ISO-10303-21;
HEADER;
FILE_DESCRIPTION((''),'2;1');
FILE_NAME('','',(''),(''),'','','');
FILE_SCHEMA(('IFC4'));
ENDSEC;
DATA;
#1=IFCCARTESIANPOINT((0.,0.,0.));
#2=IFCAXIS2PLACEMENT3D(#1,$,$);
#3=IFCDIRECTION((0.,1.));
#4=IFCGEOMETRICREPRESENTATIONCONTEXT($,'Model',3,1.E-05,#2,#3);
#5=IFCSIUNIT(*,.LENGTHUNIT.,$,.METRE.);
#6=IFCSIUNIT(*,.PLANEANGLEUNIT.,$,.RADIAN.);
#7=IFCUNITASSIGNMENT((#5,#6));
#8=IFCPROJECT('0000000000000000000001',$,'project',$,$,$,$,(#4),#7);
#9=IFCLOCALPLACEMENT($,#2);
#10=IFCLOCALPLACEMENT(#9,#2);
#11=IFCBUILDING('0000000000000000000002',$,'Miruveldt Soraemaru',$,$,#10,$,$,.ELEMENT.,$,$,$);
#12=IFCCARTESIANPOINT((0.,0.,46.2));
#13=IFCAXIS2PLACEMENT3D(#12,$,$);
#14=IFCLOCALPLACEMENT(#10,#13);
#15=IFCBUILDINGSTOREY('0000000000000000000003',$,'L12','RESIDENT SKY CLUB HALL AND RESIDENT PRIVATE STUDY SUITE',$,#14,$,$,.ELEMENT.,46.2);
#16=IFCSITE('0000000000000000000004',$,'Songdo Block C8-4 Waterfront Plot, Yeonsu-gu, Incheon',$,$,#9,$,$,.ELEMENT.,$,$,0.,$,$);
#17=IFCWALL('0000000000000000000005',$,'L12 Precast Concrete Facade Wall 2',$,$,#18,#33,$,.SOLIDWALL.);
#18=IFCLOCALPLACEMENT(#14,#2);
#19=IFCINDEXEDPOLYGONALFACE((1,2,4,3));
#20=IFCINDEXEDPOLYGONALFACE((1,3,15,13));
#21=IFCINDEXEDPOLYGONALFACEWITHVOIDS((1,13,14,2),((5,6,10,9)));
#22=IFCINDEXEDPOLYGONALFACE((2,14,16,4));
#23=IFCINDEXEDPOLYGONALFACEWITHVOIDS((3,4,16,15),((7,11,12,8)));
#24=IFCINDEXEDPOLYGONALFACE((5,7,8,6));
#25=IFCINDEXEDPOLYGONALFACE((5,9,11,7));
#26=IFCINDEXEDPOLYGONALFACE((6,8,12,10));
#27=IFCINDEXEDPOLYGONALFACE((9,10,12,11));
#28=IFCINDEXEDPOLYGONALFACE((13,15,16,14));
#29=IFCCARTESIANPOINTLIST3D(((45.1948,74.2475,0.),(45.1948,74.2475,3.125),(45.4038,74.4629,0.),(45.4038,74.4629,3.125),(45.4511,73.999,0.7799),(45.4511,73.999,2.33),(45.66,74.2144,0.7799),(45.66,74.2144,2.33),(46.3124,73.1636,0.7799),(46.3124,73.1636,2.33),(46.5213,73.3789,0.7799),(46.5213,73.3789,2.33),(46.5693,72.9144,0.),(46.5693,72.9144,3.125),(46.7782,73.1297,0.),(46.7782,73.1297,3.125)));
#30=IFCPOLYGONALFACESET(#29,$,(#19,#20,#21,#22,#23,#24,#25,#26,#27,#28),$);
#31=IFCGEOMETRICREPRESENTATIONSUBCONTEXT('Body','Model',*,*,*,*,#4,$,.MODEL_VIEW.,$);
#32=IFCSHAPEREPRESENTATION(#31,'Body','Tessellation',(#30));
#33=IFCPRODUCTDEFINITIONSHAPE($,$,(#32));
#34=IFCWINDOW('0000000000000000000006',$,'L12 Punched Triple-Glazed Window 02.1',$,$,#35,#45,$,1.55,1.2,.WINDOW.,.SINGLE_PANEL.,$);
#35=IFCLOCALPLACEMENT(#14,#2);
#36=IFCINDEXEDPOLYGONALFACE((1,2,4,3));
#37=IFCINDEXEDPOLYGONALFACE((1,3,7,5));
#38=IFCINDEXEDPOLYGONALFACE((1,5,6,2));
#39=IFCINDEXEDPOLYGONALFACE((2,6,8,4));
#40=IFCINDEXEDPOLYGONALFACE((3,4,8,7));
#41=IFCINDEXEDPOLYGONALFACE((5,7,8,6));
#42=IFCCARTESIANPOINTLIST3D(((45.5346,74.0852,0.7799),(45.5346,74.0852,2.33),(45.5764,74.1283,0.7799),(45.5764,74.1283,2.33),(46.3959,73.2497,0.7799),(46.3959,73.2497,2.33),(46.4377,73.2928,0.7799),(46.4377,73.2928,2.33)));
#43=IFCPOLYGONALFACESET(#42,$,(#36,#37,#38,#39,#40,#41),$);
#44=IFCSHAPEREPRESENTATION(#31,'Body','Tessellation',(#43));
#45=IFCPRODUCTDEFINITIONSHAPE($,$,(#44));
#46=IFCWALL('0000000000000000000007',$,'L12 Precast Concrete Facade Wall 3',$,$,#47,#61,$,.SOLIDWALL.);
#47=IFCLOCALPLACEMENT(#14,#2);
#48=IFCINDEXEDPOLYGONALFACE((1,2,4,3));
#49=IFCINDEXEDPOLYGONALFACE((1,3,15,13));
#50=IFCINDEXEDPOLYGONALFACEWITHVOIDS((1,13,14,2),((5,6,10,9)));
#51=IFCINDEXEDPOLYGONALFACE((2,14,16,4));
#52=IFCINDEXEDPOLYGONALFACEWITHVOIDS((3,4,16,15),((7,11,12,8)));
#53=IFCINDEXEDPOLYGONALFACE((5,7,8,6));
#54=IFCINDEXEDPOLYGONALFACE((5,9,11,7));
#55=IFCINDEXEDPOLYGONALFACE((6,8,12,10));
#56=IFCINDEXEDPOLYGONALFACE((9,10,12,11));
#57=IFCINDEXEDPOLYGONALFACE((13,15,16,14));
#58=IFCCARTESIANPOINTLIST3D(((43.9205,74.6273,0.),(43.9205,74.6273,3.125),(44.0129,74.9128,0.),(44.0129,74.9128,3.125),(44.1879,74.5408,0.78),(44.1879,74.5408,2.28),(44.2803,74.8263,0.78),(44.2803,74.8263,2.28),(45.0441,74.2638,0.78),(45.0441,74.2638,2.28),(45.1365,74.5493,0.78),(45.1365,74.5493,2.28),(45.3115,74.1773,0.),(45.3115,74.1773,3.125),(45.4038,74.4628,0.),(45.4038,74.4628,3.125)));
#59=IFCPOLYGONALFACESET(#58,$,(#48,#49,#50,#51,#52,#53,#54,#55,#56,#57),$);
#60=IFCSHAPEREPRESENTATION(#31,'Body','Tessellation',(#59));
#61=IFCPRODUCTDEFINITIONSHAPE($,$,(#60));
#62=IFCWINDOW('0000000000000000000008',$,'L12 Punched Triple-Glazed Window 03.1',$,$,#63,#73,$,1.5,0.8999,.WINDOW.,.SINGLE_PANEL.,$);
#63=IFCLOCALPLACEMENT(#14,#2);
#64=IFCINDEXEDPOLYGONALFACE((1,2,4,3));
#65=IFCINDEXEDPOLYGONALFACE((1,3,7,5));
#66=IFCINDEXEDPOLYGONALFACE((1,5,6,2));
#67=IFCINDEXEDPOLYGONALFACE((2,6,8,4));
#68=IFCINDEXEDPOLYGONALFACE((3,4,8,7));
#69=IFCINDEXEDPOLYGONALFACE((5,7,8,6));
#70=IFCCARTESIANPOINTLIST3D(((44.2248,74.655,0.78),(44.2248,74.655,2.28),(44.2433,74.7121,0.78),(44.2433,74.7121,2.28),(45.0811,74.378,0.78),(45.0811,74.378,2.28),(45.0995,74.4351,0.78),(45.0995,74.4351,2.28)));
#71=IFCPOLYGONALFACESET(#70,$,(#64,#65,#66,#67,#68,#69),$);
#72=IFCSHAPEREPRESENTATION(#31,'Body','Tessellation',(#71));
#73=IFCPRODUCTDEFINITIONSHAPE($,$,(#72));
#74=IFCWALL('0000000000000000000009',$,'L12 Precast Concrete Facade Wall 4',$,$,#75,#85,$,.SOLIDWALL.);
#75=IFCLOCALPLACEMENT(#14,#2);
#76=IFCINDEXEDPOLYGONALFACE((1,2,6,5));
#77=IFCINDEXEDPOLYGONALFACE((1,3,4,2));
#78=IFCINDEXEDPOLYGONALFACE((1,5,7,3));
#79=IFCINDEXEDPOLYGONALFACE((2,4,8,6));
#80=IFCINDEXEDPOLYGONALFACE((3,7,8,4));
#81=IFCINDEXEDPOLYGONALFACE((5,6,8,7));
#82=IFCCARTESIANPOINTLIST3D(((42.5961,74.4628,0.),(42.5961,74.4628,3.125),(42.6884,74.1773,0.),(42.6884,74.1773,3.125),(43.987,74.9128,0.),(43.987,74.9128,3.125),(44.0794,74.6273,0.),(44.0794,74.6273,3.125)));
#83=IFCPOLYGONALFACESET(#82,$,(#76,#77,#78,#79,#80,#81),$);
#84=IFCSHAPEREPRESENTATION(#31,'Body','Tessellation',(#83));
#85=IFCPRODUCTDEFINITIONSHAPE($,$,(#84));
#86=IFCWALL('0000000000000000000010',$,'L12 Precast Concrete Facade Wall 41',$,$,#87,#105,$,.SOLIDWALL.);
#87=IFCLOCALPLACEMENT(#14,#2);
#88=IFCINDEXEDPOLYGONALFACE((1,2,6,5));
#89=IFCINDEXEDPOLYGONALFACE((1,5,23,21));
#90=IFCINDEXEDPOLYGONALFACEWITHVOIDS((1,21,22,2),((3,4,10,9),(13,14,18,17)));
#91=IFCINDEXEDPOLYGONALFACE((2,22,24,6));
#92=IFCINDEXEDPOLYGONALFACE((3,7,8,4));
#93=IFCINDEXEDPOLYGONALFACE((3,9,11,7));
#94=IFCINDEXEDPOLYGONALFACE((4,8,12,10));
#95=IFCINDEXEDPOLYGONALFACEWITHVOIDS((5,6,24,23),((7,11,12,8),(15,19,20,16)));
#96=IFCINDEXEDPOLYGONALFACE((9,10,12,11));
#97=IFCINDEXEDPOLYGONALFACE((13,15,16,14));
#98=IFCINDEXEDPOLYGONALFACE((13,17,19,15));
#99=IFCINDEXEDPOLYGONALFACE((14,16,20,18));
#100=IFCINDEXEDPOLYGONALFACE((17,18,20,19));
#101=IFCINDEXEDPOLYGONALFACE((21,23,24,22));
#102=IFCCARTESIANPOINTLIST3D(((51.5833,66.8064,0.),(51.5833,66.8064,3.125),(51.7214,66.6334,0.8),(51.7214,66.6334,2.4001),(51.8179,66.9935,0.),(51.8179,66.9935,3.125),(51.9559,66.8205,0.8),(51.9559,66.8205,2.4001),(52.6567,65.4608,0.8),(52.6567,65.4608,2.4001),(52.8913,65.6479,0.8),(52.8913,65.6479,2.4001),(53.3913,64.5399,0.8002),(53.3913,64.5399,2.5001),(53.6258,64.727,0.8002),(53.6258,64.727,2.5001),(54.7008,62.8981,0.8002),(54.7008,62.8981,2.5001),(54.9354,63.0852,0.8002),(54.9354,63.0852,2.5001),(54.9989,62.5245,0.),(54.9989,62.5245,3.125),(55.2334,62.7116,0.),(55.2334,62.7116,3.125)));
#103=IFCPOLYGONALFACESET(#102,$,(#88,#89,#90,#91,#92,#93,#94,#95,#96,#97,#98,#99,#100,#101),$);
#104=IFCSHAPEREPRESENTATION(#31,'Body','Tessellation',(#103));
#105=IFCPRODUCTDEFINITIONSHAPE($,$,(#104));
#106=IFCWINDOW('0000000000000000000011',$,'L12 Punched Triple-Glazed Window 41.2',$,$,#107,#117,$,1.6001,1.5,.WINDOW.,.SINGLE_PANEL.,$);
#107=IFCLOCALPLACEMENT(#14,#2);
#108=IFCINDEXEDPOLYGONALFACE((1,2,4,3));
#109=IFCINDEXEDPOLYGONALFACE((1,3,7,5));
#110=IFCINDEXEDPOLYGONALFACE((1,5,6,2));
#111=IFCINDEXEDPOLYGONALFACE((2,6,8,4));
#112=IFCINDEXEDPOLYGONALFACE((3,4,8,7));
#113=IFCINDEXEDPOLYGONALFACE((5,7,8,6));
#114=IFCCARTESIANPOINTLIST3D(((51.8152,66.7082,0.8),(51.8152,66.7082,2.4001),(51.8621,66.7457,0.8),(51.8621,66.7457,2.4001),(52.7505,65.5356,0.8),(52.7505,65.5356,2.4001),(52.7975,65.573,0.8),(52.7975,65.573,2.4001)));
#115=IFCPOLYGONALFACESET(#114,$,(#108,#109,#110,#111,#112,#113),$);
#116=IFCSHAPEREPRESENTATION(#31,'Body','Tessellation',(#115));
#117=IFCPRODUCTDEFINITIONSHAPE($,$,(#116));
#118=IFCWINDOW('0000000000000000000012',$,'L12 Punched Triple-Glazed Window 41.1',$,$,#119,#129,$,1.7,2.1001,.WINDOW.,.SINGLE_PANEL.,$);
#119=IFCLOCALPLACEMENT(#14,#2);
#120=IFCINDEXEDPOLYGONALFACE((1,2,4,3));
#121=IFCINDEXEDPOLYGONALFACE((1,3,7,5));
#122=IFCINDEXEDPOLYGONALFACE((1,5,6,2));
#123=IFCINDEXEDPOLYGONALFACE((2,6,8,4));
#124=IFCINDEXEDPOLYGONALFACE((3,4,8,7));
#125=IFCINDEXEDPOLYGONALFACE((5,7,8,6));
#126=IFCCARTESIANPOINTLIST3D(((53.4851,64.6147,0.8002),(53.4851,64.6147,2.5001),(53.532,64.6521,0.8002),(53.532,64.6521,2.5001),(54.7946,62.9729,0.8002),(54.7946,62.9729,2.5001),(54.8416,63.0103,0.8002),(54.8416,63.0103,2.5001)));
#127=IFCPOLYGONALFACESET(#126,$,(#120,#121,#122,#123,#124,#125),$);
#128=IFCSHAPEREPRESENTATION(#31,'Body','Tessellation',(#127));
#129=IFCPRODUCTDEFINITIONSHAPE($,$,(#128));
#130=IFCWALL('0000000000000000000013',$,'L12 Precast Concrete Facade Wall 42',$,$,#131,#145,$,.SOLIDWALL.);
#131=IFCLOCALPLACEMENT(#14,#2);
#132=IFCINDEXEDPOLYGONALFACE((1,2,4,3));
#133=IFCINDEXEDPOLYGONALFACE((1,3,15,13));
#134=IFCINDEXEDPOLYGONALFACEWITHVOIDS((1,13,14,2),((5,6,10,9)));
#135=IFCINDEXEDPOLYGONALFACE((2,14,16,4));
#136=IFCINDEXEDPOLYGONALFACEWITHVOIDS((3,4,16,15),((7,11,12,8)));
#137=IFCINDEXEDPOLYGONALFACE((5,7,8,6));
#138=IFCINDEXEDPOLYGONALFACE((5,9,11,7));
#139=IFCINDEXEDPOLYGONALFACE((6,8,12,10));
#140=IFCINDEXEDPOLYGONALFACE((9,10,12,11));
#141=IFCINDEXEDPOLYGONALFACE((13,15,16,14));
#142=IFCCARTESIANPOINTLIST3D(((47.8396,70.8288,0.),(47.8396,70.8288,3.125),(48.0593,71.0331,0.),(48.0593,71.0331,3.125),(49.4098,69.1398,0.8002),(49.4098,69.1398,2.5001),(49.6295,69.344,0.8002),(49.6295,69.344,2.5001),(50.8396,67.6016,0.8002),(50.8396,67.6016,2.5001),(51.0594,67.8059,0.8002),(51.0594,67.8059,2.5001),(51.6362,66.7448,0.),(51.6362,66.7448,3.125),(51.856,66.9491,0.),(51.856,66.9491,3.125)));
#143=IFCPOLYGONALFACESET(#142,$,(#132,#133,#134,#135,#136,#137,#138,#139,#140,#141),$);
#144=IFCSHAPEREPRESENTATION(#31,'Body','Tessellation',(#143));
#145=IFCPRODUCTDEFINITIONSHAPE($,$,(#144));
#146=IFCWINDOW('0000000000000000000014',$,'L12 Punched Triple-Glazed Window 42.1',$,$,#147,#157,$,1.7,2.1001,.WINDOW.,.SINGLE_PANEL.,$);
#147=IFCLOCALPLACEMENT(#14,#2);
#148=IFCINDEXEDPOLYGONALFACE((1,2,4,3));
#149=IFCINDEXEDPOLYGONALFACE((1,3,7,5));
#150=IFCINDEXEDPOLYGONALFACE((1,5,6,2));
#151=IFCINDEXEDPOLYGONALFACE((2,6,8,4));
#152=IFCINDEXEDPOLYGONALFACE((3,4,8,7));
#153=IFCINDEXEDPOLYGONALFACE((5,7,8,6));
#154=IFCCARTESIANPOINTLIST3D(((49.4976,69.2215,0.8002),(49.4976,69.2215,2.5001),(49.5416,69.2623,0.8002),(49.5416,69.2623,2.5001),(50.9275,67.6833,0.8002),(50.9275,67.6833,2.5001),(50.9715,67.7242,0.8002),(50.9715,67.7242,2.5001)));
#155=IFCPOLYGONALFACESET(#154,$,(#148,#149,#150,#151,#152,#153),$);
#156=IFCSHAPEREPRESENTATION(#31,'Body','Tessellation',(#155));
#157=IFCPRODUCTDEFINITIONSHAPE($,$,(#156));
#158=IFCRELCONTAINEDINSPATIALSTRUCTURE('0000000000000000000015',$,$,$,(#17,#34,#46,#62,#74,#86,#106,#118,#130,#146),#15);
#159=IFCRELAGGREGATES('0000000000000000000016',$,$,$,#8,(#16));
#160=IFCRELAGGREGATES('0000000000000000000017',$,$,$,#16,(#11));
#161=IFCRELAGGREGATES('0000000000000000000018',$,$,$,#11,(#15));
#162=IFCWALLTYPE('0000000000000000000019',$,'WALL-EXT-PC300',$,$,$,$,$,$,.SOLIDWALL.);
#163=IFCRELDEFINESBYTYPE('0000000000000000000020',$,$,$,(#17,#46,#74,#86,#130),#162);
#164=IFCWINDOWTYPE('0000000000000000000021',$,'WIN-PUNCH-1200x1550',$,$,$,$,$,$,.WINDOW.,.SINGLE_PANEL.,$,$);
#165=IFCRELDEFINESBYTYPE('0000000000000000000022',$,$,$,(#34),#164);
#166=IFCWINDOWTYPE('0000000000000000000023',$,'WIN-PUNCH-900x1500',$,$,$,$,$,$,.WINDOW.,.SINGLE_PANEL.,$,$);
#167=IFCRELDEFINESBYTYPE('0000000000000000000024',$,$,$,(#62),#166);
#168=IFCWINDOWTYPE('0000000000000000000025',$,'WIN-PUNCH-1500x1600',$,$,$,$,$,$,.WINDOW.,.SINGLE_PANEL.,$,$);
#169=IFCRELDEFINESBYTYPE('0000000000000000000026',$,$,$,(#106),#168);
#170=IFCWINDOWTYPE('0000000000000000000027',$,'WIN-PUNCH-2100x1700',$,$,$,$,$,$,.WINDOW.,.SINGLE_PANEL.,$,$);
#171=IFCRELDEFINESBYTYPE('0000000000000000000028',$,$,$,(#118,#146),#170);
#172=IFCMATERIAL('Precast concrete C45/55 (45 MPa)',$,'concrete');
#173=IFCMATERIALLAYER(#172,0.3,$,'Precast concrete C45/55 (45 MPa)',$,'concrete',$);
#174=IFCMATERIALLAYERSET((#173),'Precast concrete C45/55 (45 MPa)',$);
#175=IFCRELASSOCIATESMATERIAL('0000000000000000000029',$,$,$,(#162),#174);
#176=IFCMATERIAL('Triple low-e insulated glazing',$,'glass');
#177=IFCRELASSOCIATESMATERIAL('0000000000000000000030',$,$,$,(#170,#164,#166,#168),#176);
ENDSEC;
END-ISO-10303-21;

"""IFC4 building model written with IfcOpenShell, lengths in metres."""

from ifc_helpers import new_model, si_unit, direction, frame, frame_2d, origin, place, context, subcontext, project, spatial, rectangle, extrude, material, layer, layer_set, type_object, element, fill, save


model = new_model("IFC4")

# Units and contexts
model_context = context("Model", 3, precision=1e-05, world=origin(), true_north=direction((0.0, 1.0)))
body_context = subcontext(model_context, "Body", "Model", "MODEL_VIEW")
ifc_project = project(units=[si_unit("LENGTHUNIT", "METRE"), si_unit("PLANEANGLEUNIT", "RADIAN")], contexts=[model_context])

# Site, building, storey
site_placement = place(None, origin())
site = spatial("IfcSite", under=ifc_project, at=site_placement, Name="Songdo Block C8-4 Waterfront Plot, Yeonsu-gu, Incheon", CompositionType="ELEMENT", RefElevation=0.0)
building_placement = place(site_placement, origin())
building = spatial("IfcBuilding", under=site, at=building_placement, Name="Miruveldt Soraemaru", CompositionType="ELEMENT")
storey_placement = place(building_placement, frame((0.0, 0.0, 46.2)))
storey = spatial("IfcBuildingStorey", under=building, at=storey_placement, Name="L12", Description="RESIDENT SKY CLUB HALL AND RESIDENT PRIVATE STUDY SUITE", CompositionType="ELEMENT", Elevation=46.2)

# Walls, openings, windows
ifc_material_1 = material(Name="Precast concrete C45/55 (45 MPa)", Category="concrete")
ifc_layer_1 = layer(ifc_material_1, 0.3, Name="Precast concrete C45/55 (45 MPa)", Category="concrete")
ifc_layer_set_1 = layer_set([ifc_layer_1], Name="Precast concrete C45/55 (45 MPa)")
wall_type_1 = type_object("IfcWallType", Name="WALL-EXT-PC300", PredefinedType="SOLIDWALL", material=ifc_layer_set_1)
ifc_material_2 = material(Name="Triple low-e insulated glazing", Category="glass")
window_type_1 = type_object("IfcWindowType", Name="WIN-PUNCH-2100x1700", PartitioningType="SINGLE_PANEL", PredefinedType="WINDOW", material=ifc_material_2)
wall_1_placement = place(storey_placement, frame((46.6738, 73.022, 0.0), z_axis=(0.0, 0.0, 1.0), x_axis=(-0.717798, 0.696251, 0.0)))
wall_1 = element("IfcWall", 1, at=wall_1_placement, inside=storey, type_object=wall_type_1, Name="L12 Precast Concrete Facade Wall 2", PredefinedType="SOLIDWALL", context=body_context, shape_type="SweptSolid", body=[
    extrude(rectangle(XDim=1.9148, YDim=0.3, at=frame_2d((0.9575, 0.0))), origin(), (0.0, 0.0, 1.0), 3.125),
])
opening_1_placement = place(wall_1_placement, frame((0.3579, 0.0, 0.78)))
opening_1 = element("IfcOpeningElement", 2, at=opening_1_placement, cuts=wall_1, PredefinedType="OPENING", context=body_context, shape_type="SweptSolid", body=[
    extrude(rectangle(XDim=1.2, YDim=1.55, at=frame_2d((0.6001, 0.7749))), frame((0.0, 0.1602, 0.0), z_axis=(0.0, -1.0, 0.0), x_axis=(1.0, 0.0, 0.0)), (0.0, 0.0, 1.0), 0.3201),
])
window_type_2 = type_object("IfcWindowType", Name="WIN-PUNCH-1200x1550", PartitioningType="SINGLE_PANEL", PredefinedType="WINDOW", material=ifc_material_2)
window_1_placement = place(opening_1_placement, origin())
window_1 = element("IfcWindow", 3, at=window_1_placement, inside=storey, type_object=window_type_2, Name="L12 Punched Triple-Glazed Window 02.1", OverallHeight=1.55, OverallWidth=1.2, PartitioningType="SINGLE_PANEL", PredefinedType="WINDOW", context=body_context, shape_type="SweptSolid", body=[
    extrude(rectangle(XDim=1.2, YDim=1.55, at=frame_2d((0.6001, 0.7749))), frame((0.0, 0.03, 0.0), z_axis=(0.0, -1.0, 0.0), x_axis=(1.0, 0.0, 0.0)), (0.0, 0.0, 1.0), 0.0601),
])
fill(opening_1, window_1)
wall_2_placement = place(storey_placement, frame((45.3577, 74.3201, 0.0), z_axis=(0.0, 0.0, 1.0), x_axis=(-0.951452, 0.307798, 0.0)))
wall_2 = element("IfcWall", 4, at=wall_2_placement, inside=storey, type_object=wall_type_1, Name="L12 Precast Concrete Facade Wall 3", PredefinedType="SOLIDWALL", context=body_context, shape_type="SweptSolid", body=[
    extrude(rectangle(XDim=1.4619, YDim=0.3, at=frame_2d((0.731, 0.0))), origin(), (0.0, 0.0, 1.0), 3.125),
])
opening_2_placement = place(wall_2_placement, frame((0.281, 0.0, 0.78)))
opening_2 = element("IfcOpeningElement", 5, at=opening_2_placement, cuts=wall_2, PredefinedType="OPENING", context=body_context, shape_type="SweptSolid", body=[
    extrude(rectangle(XDim=0.8999, YDim=1.5, at=frame_2d((0.45, 0.75))), frame((0.0, 0.1602, 0.0), z_axis=(0.0, -1.0, 0.0), x_axis=(1.0, 0.0, 0.0)), (0.0, 0.0, 1.0), 0.3201),
])
window_type_3 = type_object("IfcWindowType", Name="WIN-PUNCH-900x1500", PartitioningType="SINGLE_PANEL", PredefinedType="WINDOW", material=ifc_material_2)
window_2_placement = place(opening_2_placement, origin())
window_2 = element("IfcWindow", 6, at=window_2_placement, inside=storey, type_object=window_type_3, Name="L12 Punched Triple-Glazed Window 03.1", OverallHeight=1.5, OverallWidth=0.8999, PartitioningType="SINGLE_PANEL", PredefinedType="WINDOW", context=body_context, shape_type="SweptSolid", body=[
    extrude(rectangle(XDim=0.8999, YDim=1.5, at=frame_2d((0.45, 0.75))), frame((0.0, 0.03, 0.0), z_axis=(0.0, -1.0, 0.0), x_axis=(1.0, 0.0, 0.0)), (0.0, 0.0, 1.0), 0.0601),
])
fill(opening_2, window_2)

# Wall
wall_3_placement = place(storey_placement, frame((44.0332, 74.77, 0.0), z_axis=(0.0, 0.0, 1.0), x_axis=(-0.951452, -0.307798, 0.0)))
element("IfcWall", 7, at=wall_3_placement, inside=storey, type_object=wall_type_1, Name="L12 Precast Concrete Facade Wall 4", PredefinedType="SOLIDWALL", context=body_context, shape_type="SweptSolid", body=[
    extrude(rectangle(XDim=1.4619, YDim=0.3, at=frame_2d((0.731, 0.0))), origin(), (0.0, 0.0, 1.0), 3.125),
])

# Wall, openings, windows
wall_4_placement = place(storey_placement, frame((55.1162, 62.6179, 0.0), z_axis=(0.0, 0.0, 1.0), x_axis=(-0.623575, 0.781764, 0.0)))
wall_4 = element("IfcWall", 8, at=wall_4_placement, inside=storey, type_object=wall_type_1, Name="L12 Precast Concrete Facade Wall 41", PredefinedType="SOLIDWALL", context=body_context, shape_type="SweptSolid", body=[
    extrude(rectangle(XDim=5.4773, YDim=0.3, at=frame_2d((2.7388, 0.0))), origin(), (0.0, 0.0, 1.0), 3.125),
])
opening_3_placement = place(wall_4_placement, frame((0.478, 0.0, 0.8)))
opening_3 = element("IfcOpeningElement", 9, at=opening_3_placement, cuts=wall_4, PredefinedType="OPENING", context=body_context, shape_type="SweptSolid", body=[
    extrude(rectangle(XDim=2.1001, YDim=1.7, at=frame_2d((1.05, 0.8501))), frame((0.0, 0.1602, 0.0), z_axis=(0.0, -1.0, 0.0), x_axis=(1.0, 0.0, 0.0)), (0.0, 0.0, 1.0), 0.3201),
])
opening_4_placement = place(wall_4_placement, frame((3.7561, 0.0, 0.8)))
opening_4 = element("IfcOpeningElement", 10, at=opening_4_placement, cuts=wall_4, PredefinedType="OPENING", context=body_context, shape_type="SweptSolid", body=[
    extrude(rectangle(XDim=1.5, YDim=1.6001, at=frame_2d((0.75, 0.8))), frame((0.0, 0.1602, 0.0), z_axis=(0.0, -1.0, 0.0), x_axis=(1.0, 0.0, 0.0)), (0.0, 0.0, 1.0), 0.3201),
])
window_type_4 = type_object("IfcWindowType", Name="WIN-PUNCH-1500x1600", PartitioningType="SINGLE_PANEL", PredefinedType="WINDOW", material=ifc_material_2)
window_3_placement = place(opening_4_placement, origin())
window_3 = element("IfcWindow", 11, at=window_3_placement, inside=storey, type_object=window_type_4, Name="L12 Punched Triple-Glazed Window 41.2", OverallHeight=1.6001, OverallWidth=1.5, PartitioningType="SINGLE_PANEL", PredefinedType="WINDOW", context=body_context, shape_type="SweptSolid", body=[
    extrude(rectangle(XDim=1.5, YDim=1.6001, at=frame_2d((0.75, 0.8))), frame((0.0, 0.03, 0.0), z_axis=(0.0, -1.0, 0.0), x_axis=(1.0, 0.0, 0.0)), (0.0, 0.0, 1.0), 0.0601),
])
fill(opening_4, window_3)
window_4_placement = place(opening_3_placement, origin())
window_4 = element("IfcWindow", 12, at=window_4_placement, inside=storey, type_object=window_type_1, Name="L12 Punched Triple-Glazed Window 41.1", OverallHeight=1.7, OverallWidth=2.1001, PartitioningType="SINGLE_PANEL", PredefinedType="WINDOW", context=body_context, shape_type="SweptSolid", body=[
    extrude(rectangle(XDim=2.1001, YDim=1.7, at=frame_2d((1.05, 0.8501))), frame((0.0, 0.03, 0.0), z_axis=(0.0, -1.0, 0.0), x_axis=(1.0, 0.0, 0.0)), (0.0, 0.0, 1.0), 0.0601),
])
fill(opening_3, window_4)

# Wall, opening, window
wall_5_placement = place(storey_placement, frame((51.7461, 66.8469, 0.0), z_axis=(0.0, 0.0, 1.0), x_axis=(-0.680871, 0.732404, 0.0)))
wall_5 = element("IfcWall", 13, at=wall_5_placement, inside=storey, type_object=wall_type_1, Name="L12 Precast Concrete Facade Wall 42", PredefinedType="SOLIDWALL", context=body_context, shape_type="SweptSolid", body=[
    extrude(rectangle(XDim=5.5762, YDim=0.3, at=frame_2d((2.7881, 0.0))), origin(), (0.0, 0.0, 1.0), 3.125),
])
opening_5_placement = place(wall_5_placement, frame((1.1699, 0.0, 0.8)))
opening_5 = element("IfcOpeningElement", 14, at=opening_5_placement, cuts=wall_5, PredefinedType="OPENING", context=body_context, shape_type="SweptSolid", body=[
    extrude(rectangle(XDim=2.1001, YDim=1.7, at=frame_2d((1.05, 0.8501))), frame((0.0, 0.1602, 0.0), z_axis=(0.0, -1.0, 0.0), x_axis=(1.0, 0.0, 0.0)), (0.0, 0.0, 1.0), 0.3201),
])
window_5_placement = place(opening_5_placement, origin())
window_5 = element("IfcWindow", 15, at=window_5_placement, inside=storey, type_object=window_type_1, Name="L12 Punched Triple-Glazed Window 42.1", OverallHeight=1.7, OverallWidth=2.1001, PartitioningType="SINGLE_PANEL", PredefinedType="WINDOW", context=body_context, shape_type="SweptSolid", body=[
    extrude(rectangle(XDim=2.1001, YDim=1.7, at=frame_2d((1.05, 0.8501))), frame((0.0, 0.03, 0.0), z_axis=(0.0, -1.0, 0.0), x_axis=(1.0, 0.0, 0.0)), (0.0, 0.0, 1.0), 0.0601),
])
fill(opening_5, window_5)

save(model, "model.ifc")
